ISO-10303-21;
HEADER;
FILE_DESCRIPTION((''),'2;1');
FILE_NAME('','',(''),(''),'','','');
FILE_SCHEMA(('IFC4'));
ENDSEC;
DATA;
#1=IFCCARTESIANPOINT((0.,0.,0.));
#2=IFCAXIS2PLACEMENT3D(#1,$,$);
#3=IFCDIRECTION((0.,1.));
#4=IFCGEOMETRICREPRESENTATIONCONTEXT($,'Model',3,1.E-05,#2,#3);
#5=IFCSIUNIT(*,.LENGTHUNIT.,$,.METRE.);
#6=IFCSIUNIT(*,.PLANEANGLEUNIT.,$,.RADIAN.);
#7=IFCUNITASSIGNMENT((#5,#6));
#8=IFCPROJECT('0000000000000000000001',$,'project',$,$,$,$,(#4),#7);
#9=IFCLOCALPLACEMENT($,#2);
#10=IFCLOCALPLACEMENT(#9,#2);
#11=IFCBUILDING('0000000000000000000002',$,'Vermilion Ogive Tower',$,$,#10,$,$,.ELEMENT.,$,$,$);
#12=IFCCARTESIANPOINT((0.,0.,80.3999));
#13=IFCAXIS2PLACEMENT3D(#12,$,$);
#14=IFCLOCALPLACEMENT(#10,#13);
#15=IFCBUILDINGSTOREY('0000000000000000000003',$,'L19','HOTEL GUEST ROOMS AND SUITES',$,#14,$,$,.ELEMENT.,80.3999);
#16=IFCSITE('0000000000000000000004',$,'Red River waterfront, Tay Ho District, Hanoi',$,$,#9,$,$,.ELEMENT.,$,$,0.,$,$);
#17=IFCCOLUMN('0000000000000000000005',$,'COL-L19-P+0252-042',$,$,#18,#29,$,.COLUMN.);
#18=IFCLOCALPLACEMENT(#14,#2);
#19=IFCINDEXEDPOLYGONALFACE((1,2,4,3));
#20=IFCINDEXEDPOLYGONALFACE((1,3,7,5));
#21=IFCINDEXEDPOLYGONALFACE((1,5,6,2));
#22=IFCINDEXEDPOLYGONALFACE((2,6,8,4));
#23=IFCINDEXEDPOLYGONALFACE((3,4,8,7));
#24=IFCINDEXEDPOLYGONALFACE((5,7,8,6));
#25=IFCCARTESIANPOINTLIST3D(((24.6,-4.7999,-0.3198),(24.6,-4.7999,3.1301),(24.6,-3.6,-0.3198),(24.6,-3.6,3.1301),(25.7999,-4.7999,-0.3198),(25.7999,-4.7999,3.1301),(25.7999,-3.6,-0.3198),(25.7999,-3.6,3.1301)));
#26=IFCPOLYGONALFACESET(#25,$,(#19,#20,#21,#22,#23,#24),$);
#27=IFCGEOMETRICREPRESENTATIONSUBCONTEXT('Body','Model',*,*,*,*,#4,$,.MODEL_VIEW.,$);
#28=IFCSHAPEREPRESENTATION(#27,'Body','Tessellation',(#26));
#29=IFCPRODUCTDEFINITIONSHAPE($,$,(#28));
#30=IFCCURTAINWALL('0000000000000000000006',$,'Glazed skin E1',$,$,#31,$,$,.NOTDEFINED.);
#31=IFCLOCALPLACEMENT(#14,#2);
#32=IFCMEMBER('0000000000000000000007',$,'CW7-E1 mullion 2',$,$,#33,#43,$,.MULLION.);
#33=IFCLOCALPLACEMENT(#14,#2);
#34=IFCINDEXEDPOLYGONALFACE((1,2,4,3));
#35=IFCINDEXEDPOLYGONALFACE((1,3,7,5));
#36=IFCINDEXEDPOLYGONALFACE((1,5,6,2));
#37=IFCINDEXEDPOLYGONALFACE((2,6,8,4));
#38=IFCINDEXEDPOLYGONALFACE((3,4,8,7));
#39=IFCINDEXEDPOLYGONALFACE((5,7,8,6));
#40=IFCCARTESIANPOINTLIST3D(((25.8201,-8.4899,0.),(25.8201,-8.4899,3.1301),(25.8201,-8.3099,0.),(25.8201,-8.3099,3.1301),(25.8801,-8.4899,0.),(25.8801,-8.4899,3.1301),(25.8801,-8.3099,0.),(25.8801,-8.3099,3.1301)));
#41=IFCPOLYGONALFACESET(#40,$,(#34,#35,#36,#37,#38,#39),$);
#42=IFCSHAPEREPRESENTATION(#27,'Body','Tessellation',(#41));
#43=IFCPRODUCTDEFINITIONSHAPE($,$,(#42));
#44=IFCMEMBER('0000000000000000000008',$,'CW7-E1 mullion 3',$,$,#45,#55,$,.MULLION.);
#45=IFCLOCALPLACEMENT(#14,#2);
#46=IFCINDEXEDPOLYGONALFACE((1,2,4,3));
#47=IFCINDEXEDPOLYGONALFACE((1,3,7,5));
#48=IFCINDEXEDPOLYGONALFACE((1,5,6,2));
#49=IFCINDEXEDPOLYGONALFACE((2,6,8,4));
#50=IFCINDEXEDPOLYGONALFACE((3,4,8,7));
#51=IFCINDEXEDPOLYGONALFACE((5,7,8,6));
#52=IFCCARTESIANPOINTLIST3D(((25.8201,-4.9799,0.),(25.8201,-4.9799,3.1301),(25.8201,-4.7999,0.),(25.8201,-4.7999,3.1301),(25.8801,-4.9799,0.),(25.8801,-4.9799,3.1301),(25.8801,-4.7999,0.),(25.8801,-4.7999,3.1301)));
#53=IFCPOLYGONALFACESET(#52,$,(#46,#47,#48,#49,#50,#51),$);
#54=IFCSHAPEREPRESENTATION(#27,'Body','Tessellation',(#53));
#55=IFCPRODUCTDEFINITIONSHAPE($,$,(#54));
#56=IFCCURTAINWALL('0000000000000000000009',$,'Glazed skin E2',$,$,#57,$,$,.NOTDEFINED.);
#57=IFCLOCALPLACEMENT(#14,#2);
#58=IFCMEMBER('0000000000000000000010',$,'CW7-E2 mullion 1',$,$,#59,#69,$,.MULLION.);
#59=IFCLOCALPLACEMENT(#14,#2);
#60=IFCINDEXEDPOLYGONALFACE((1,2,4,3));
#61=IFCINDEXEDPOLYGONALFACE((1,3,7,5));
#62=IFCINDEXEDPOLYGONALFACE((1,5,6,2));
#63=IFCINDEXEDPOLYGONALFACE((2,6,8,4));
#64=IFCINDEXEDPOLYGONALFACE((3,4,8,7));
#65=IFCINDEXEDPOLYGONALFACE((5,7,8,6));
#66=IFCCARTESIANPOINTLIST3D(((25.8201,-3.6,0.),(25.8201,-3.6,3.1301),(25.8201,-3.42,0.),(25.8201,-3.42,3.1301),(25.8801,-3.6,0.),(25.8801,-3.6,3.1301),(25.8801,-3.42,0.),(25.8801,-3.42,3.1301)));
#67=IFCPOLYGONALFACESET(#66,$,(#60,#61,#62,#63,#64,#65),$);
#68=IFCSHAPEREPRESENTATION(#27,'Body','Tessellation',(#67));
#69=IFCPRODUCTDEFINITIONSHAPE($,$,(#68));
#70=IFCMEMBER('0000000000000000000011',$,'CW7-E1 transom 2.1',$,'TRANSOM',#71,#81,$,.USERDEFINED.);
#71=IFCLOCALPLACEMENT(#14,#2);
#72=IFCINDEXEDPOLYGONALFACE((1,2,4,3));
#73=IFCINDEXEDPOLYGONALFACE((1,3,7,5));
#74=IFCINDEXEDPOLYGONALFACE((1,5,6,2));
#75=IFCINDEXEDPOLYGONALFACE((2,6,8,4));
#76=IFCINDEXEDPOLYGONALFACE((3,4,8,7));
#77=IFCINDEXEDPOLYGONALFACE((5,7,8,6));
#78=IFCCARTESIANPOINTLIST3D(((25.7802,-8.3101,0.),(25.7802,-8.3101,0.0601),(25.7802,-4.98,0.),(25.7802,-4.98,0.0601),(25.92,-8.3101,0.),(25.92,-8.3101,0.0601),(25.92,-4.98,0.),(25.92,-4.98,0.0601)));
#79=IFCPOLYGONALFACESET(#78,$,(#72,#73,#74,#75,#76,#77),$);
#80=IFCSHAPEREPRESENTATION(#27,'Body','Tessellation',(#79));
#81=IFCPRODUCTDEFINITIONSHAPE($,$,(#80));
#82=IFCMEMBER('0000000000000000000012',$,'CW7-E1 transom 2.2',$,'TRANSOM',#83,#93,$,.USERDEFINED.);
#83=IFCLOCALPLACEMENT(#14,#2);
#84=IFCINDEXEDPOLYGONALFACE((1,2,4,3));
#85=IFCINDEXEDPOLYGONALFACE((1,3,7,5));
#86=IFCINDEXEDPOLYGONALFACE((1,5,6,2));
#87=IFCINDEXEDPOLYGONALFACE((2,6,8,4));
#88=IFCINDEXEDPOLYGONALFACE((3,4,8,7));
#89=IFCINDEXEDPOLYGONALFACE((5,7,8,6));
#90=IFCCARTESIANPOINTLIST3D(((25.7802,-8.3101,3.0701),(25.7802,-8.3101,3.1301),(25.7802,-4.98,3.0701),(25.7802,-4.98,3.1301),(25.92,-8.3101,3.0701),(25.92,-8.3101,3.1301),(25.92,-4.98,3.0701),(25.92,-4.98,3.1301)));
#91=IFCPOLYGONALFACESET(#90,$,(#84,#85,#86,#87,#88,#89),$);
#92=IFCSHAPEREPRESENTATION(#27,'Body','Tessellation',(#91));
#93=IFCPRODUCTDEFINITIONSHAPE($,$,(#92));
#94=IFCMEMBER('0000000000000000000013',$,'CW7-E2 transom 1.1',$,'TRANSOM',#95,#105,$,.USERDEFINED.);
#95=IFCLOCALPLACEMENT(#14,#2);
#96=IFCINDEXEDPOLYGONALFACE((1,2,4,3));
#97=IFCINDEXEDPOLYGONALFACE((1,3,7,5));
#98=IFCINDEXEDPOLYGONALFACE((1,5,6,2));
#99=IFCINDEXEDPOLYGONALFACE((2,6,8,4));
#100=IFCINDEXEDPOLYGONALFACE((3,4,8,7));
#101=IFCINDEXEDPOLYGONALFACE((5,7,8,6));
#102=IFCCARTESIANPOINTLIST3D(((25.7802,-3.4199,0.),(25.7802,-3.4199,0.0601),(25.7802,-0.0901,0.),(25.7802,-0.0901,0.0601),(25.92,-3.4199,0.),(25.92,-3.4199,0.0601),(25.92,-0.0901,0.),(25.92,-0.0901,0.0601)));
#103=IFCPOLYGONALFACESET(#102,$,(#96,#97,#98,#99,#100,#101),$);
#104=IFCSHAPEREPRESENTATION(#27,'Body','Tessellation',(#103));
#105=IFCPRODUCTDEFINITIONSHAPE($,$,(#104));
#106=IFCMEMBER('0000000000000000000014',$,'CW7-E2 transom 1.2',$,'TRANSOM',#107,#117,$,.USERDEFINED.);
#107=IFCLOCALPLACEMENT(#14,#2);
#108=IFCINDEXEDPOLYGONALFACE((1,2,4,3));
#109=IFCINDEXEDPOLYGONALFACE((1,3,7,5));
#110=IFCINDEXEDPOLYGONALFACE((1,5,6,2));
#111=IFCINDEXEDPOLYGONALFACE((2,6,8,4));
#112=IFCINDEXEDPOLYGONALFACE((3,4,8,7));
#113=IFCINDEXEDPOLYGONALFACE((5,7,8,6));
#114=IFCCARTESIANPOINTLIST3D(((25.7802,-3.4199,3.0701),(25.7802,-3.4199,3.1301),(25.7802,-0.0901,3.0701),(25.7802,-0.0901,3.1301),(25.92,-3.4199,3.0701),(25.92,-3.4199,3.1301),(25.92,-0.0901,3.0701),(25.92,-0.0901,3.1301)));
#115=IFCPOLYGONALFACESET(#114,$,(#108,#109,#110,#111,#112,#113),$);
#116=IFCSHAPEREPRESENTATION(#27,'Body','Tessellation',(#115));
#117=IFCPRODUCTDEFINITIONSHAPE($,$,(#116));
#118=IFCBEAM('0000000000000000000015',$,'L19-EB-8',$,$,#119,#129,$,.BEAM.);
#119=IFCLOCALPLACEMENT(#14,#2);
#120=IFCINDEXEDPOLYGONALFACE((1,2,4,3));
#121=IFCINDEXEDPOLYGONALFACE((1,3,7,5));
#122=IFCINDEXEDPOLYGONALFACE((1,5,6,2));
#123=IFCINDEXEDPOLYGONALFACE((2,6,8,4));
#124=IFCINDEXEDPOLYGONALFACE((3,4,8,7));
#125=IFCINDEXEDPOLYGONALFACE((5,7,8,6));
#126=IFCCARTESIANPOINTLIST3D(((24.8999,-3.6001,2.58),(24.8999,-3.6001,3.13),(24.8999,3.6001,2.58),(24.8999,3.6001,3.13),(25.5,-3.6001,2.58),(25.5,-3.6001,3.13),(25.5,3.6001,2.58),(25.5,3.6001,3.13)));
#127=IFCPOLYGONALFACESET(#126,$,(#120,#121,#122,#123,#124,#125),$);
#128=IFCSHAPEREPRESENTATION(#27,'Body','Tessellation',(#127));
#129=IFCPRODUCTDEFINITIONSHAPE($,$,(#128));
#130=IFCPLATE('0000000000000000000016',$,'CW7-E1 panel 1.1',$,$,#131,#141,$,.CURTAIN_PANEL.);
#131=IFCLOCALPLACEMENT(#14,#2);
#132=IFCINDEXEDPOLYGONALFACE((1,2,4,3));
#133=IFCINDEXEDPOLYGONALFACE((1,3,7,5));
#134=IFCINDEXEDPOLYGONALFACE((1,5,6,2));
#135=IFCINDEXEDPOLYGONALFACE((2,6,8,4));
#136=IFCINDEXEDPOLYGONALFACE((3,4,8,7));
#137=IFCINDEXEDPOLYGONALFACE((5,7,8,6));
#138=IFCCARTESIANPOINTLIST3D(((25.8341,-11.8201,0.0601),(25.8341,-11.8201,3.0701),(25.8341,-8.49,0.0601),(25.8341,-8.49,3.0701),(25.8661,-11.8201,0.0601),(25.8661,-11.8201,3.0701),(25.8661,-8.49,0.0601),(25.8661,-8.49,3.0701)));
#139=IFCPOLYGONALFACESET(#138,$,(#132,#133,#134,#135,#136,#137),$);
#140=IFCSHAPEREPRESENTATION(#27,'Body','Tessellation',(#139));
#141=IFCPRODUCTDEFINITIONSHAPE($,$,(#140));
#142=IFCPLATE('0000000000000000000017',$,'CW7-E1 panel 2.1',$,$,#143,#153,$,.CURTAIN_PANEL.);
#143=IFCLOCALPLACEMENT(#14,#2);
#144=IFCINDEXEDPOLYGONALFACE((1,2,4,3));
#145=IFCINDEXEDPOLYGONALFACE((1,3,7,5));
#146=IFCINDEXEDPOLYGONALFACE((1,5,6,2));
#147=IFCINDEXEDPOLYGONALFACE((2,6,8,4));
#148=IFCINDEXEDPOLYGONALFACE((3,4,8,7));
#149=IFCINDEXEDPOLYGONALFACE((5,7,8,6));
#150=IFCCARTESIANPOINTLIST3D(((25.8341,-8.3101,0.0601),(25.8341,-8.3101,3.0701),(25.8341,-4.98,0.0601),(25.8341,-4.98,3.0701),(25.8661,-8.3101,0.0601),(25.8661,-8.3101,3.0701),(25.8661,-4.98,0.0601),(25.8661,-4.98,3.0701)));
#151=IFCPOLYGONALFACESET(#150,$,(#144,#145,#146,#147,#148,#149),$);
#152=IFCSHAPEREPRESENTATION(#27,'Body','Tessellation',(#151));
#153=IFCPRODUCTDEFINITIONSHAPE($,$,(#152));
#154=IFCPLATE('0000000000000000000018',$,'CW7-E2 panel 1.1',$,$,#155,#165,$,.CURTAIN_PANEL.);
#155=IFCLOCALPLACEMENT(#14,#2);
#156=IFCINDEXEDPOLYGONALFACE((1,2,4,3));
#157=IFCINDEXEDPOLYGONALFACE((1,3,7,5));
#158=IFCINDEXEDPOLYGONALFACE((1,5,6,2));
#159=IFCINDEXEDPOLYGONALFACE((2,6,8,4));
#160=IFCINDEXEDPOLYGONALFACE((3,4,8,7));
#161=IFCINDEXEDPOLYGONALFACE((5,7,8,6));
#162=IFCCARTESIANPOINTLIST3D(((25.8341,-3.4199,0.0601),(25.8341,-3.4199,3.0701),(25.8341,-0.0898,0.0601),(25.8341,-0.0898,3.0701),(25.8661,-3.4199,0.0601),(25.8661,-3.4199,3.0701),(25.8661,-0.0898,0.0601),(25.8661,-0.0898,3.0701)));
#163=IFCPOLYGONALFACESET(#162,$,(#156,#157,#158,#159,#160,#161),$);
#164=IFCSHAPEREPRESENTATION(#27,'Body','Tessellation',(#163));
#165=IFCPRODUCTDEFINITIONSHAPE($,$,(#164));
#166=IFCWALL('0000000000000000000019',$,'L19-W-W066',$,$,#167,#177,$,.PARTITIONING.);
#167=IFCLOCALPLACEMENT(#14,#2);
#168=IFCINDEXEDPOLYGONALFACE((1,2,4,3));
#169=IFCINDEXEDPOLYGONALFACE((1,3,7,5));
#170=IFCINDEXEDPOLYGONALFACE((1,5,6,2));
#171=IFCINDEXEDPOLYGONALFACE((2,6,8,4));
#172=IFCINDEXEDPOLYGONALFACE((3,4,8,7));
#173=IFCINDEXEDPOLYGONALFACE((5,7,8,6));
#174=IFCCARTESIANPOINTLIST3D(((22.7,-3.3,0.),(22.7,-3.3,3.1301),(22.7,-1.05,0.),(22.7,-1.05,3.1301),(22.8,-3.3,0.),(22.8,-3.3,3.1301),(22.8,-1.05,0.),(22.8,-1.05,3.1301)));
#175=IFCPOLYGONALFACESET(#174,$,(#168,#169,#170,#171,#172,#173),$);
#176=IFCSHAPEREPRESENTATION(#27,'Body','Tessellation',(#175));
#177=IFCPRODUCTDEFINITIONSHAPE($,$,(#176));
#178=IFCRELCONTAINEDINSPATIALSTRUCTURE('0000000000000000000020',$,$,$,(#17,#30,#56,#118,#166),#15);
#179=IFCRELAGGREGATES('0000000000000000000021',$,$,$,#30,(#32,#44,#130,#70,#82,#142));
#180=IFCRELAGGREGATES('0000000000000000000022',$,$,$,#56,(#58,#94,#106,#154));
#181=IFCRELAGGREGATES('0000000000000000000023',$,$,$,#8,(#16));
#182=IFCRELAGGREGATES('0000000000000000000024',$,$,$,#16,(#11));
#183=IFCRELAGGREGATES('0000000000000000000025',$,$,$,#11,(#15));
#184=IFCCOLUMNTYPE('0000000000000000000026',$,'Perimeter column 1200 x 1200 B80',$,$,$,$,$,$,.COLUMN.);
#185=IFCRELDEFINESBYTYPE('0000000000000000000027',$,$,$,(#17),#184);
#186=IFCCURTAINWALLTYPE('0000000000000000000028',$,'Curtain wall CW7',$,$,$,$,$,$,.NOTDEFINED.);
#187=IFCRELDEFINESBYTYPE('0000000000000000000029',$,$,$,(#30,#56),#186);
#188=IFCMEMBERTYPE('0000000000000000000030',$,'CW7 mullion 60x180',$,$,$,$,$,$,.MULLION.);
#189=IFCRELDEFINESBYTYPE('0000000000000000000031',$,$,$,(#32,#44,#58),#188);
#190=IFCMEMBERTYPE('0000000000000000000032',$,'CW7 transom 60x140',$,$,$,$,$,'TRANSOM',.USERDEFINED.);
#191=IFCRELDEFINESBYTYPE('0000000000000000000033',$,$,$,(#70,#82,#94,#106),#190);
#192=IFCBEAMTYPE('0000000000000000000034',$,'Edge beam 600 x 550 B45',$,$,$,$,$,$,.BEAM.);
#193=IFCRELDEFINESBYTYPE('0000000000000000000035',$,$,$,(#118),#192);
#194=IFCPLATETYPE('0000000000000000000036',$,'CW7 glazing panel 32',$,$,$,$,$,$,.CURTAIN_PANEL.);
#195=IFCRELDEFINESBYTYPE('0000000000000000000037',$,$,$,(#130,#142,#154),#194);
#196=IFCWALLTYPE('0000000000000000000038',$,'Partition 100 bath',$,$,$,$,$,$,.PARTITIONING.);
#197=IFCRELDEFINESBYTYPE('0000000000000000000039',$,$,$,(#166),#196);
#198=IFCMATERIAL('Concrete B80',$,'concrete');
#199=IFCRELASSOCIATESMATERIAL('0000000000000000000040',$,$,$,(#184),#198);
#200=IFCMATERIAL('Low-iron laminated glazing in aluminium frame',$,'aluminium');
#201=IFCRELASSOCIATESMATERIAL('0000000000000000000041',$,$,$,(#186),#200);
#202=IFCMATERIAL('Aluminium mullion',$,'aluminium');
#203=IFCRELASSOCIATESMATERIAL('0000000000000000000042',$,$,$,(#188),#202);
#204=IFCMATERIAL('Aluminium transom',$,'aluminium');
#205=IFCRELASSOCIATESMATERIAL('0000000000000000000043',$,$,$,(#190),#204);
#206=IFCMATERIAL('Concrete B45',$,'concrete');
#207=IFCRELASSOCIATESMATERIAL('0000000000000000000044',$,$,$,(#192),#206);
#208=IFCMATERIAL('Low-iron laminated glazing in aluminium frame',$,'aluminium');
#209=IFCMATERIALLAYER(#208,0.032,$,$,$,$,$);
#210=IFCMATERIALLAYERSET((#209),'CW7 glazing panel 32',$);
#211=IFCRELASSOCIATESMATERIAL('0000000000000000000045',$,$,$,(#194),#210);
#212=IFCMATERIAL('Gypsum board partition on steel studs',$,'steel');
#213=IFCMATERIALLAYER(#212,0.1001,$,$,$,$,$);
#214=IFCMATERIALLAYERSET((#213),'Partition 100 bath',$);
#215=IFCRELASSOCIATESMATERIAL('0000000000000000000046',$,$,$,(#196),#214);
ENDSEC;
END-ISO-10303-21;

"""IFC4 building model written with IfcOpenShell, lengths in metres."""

from ifc_helpers import new_model, si_unit, direction, frame, frame_2d, origin, origin_2d, place, context, subcontext, project, spatial, rectangle, extrude, material, layer, layer_set, material_profile, profile_set, type_object, element, aggregate, save


model = new_model("IFC4")

# Units and contexts
model_context = context("Model", 3, precision=1e-05, world=origin(), true_north=direction((0.0, 1.0)))
body_context = subcontext(model_context, "Body", "Model", "MODEL_VIEW")
ifc_project = project(units=[si_unit("LENGTHUNIT", "METRE"), si_unit("PLANEANGLEUNIT", "RADIAN")], contexts=[model_context])

# Site, building, storey
site_placement = place(None, origin())
site = spatial("IfcSite", under=ifc_project, at=site_placement, Name="Red River waterfront, Tay Ho District, Hanoi", CompositionType="ELEMENT", RefElevation=0.0)
building_placement = place(site_placement, origin())
building = spatial("IfcBuilding", under=site, at=building_placement, Name="Vermilion Ogive Tower", CompositionType="ELEMENT")
storey_placement = place(building_placement, frame((0.0, 0.0, 80.3999)))
storey = spatial("IfcBuildingStorey", under=building, at=storey_placement, Name="L19", Description="HOTEL GUEST ROOMS AND SUITES", CompositionType="ELEMENT", Elevation=80.3999)

# Column
ifc_material_1 = material(Name="Concrete B80", Category="concrete")
ifc_material_profile_1 = material_profile(ifc_material_1, rectangle(XDim=1.2, YDim=1.2, at=origin_2d()), Name="1200 x 1200")
ifc_profile_set_1 = profile_set([ifc_material_profile_1], Name="Concrete B80")
column_type = type_object("IfcColumnType", Name="Perimeter column 1200 x 1200 B80", PredefinedType="COLUMN", material=ifc_profile_set_1)
column_placement = place(storey_placement, frame((25.2, -4.2, -0.3198), z_axis=(0.0, 0.0, 1.0), x_axis=(1.0, 0.0, 0.0)))
element("IfcColumn", 1, at=column_placement, inside=storey, type_object=column_type, Name="COL-L19-P+0252-042", PredefinedType="COLUMN", context=body_context, shape_type="SweptSolid", body=[
    extrude(rectangle(XDim=1.2, YDim=1.2, at=origin_2d()), origin(), (0.0, 0.0, 1.0), 3.45),
])

# Curtain wall, members
ifc_material_2 = material(Name="Low-iron laminated glazing in aluminium frame", Category="aluminium")
curtain_wall_type = type_object("IfcCurtainWallType", Name="Curtain wall CW7", PredefinedType="NOTDEFINED", material=ifc_material_2)
curtain_wall_1_placement = place(storey_placement, origin())
curtain_wall_1 = element("IfcCurtainWall", 2, at=curtain_wall_1_placement, inside=storey, type_object=curtain_wall_type, Name="Glazed skin E1", PredefinedType="NOTDEFINED")
ifc_material_3 = material(Name="Aluminium mullion", Category="aluminium")
ifc_material_profile_2 = material_profile(ifc_material_3, rectangle(XDim=0.0601, YDim=0.1799, at=origin_2d()), Name="AL 60x180")
ifc_profile_set_2 = profile_set([ifc_material_profile_2], Name="Aluminium mullion")
member_type_1 = type_object("IfcMemberType", Name="CW7 mullion 60x180", PredefinedType="MULLION", material=ifc_profile_set_2)
member_1_placement = place(storey_placement, frame((25.8501, -8.3999, 0.0), z_axis=(0.0, 0.0, 1.0), x_axis=(-1.0, 0.0, 0.0)))
member_1 = element("IfcMember", 3, at=member_1_placement, type_object=member_type_1, Name="CW7-E1 mullion 2", PredefinedType="MULLION", context=body_context, shape_type="SweptSolid", body=[
    extrude(rectangle(XDim=0.0601, YDim=0.1799, at=origin_2d()), origin(), (0.0, 0.0, 1.0), 3.1301),
])
member_2_placement = place(storey_placement, frame((25.8501, -4.8899, 0.0), z_axis=(0.0, 0.0, 1.0), x_axis=(-1.0, 0.0, 0.0)))
member_2 = element("IfcMember", 4, at=member_2_placement, type_object=member_type_1, Name="CW7-E1 mullion 3", PredefinedType="MULLION", context=body_context, shape_type="SweptSolid", body=[
    extrude(rectangle(XDim=0.0601, YDim=0.1799, at=origin_2d()), origin(), (0.0, 0.0, 1.0), 3.1301),
])

# Curtain wall, member
curtain_wall_2_placement = place(storey_placement, origin())
curtain_wall_2 = element("IfcCurtainWall", 5, at=curtain_wall_2_placement, inside=storey, type_object=curtain_wall_type, Name="Glazed skin E2", PredefinedType="NOTDEFINED")
member_3_placement = place(storey_placement, frame((25.8501, -3.51, 0.0), z_axis=(0.0, 0.0, 1.0), x_axis=(-1.0, 0.0, 0.0)))
member_3 = element("IfcMember", 6, at=member_3_placement, type_object=member_type_1, Name="CW7-E2 mullion 1", PredefinedType="MULLION", context=body_context, shape_type="SweptSolid", body=[
    extrude(rectangle(XDim=0.0601, YDim=0.1799, at=origin_2d()), origin(), (0.0, 0.0, 1.0), 3.1301),
])

# Members
ifc_material_4 = material(Name="Aluminium transom", Category="aluminium")
ifc_material_profile_3 = material_profile(ifc_material_4, rectangle(XDim=0.1399, YDim=0.0601, at=origin_2d()), Name="AL 60x140")
ifc_profile_set_3 = profile_set([ifc_material_profile_3], Name="Aluminium transom")
member_type_2 = type_object("IfcMemberType", Name="CW7 transom 60x140", ElementType="TRANSOM", PredefinedType="USERDEFINED", material=ifc_profile_set_3)
member_4_placement = place(storey_placement, frame((25.8501, -8.3101, 0.03), z_axis=(0.0, 1.0, 0.0), x_axis=(-1.0, 0.0, 0.0)))
member_4 = element("IfcMember", 7, at=member_4_placement, type_object=member_type_2, Name="CW7-E1 transom 2.1", ObjectType="TRANSOM", PredefinedType="USERDEFINED", context=body_context, shape_type="SweptSolid", body=[
    extrude(rectangle(XDim=0.1399, YDim=0.0601, at=origin_2d()), origin(), (0.0, 0.0, 1.0), 3.3301),
])
member_5_placement = place(storey_placement, frame((25.8501, -8.3101, 3.1001), z_axis=(0.0, 1.0, 0.0), x_axis=(-1.0, 0.0, 0.0)))
member_5 = element("IfcMember", 8, at=member_5_placement, type_object=member_type_2, Name="CW7-E1 transom 2.2", ObjectType="TRANSOM", PredefinedType="USERDEFINED", context=body_context, shape_type="SweptSolid", body=[
    extrude(rectangle(XDim=0.1399, YDim=0.0601, at=origin_2d()), origin(), (0.0, 0.0, 1.0), 3.3301),
])
member_6_placement = place(storey_placement, frame((25.8501, -3.4199, 0.03), z_axis=(0.0, 1.0, 0.0), x_axis=(-1.0, 0.0, 0.0)))
member_6 = element("IfcMember", 9, at=member_6_placement, type_object=member_type_2, Name="CW7-E2 transom 1.1", ObjectType="TRANSOM", PredefinedType="USERDEFINED", context=body_context, shape_type="SweptSolid", body=[
    extrude(rectangle(XDim=0.1399, YDim=0.0601, at=origin_2d()), origin(), (0.0, 0.0, 1.0), 3.3298),
])
member_7_placement = place(storey_placement, frame((25.8501, -3.4199, 3.1001), z_axis=(0.0, 1.0, 0.0), x_axis=(-1.0, 0.0, 0.0)))
member_7 = element("IfcMember", 10, at=member_7_placement, type_object=member_type_2, Name="CW7-E2 transom 1.2", ObjectType="TRANSOM", PredefinedType="USERDEFINED", context=body_context, shape_type="SweptSolid", body=[
    extrude(rectangle(XDim=0.1399, YDim=0.0601, at=origin_2d()), origin(), (0.0, 0.0, 1.0), 3.3298),
])

# Beam
ifc_material_5 = material(Name="Concrete B45", Category="concrete")
ifc_material_profile_4 = material_profile(ifc_material_5, rectangle(XDim=0.6001, YDim=0.55, at=origin_2d()), Name="600 x 550")
ifc_profile_set_4 = profile_set([ifc_material_profile_4], Name="Concrete B45")
beam_type = type_object("IfcBeamType", Name="Edge beam 600 x 550 B45", PredefinedType="BEAM", material=ifc_profile_set_4)
beam_placement = place(storey_placement, frame((25.2, -3.6001, 2.855), z_axis=(0.0, 1.0, 0.0), x_axis=(-1.0, 0.0, 0.0)))
element("IfcBeam", 11, at=beam_placement, inside=storey, type_object=beam_type, Name="L19-EB-8", PredefinedType="BEAM", context=body_context, shape_type="SweptSolid", body=[
    extrude(rectangle(XDim=0.6001, YDim=0.55, at=origin_2d()), origin(), (0.0, 0.0, 1.0), 7.2002),
])

# Plates
ifc_material_6 = material(Name="Low-iron laminated glazing in aluminium frame", Category="aluminium")
ifc_layer_1 = layer(ifc_material_6, 0.032)
ifc_layer_set_1 = layer_set([ifc_layer_1], Name="CW7 glazing panel 32")
plate_type = type_object("IfcPlateType", Name="CW7 glazing panel 32", PredefinedType="CURTAIN_PANEL", material=ifc_layer_set_1)
plate_1_placement = place(storey_placement, frame((25.8501, -10.155, 0.0601), z_axis=(0.0, 0.0, 1.0), x_axis=(0.0, 1.0, 0.0)))
plate_1 = element("IfcPlate", 12, at=plate_1_placement, type_object=plate_type, Name="CW7-E1 panel 1.1", PredefinedType="CURTAIN_PANEL", context=body_context, shape_type="SweptSolid", body=[
    extrude(rectangle(XDim=3.3301, YDim=0.032, at=origin_2d()), origin(), (0.0, 0.0, 1.0), 3.01),
])
plate_2_placement = place(storey_placement, frame((25.8501, -6.645, 0.0601), z_axis=(0.0, 0.0, 1.0), x_axis=(0.0, 1.0, 0.0)))
plate_2 = element("IfcPlate", 13, at=plate_2_placement, type_object=plate_type, Name="CW7-E1 panel 2.1", PredefinedType="CURTAIN_PANEL", context=body_context, shape_type="SweptSolid", body=[
    extrude(rectangle(XDim=3.3301, YDim=0.032, at=origin_2d()), origin(), (0.0, 0.0, 1.0), 3.01),
])
aggregate(curtain_wall_1, [member_1, member_2, plate_1, member_4, member_5, plate_2])
plate_3_placement = place(storey_placement, frame((25.8501, -1.7549, 0.0601), z_axis=(0.0, 0.0, 1.0), x_axis=(0.0, 1.0, 0.0)))
plate_3 = element("IfcPlate", 14, at=plate_3_placement, type_object=plate_type, Name="CW7-E2 panel 1.1", PredefinedType="CURTAIN_PANEL", context=body_context, shape_type="SweptSolid", body=[
    extrude(rectangle(XDim=3.3301, YDim=0.032, at=origin_2d()), origin(), (0.0, 0.0, 1.0), 3.01),
])
aggregate(curtain_wall_2, [member_3, member_6, member_7, plate_3])

# Wall
ifc_material_7 = material(Name="Gypsum board partition on steel studs", Category="steel")
ifc_layer_2 = layer(ifc_material_7, 0.1001)
ifc_layer_set_2 = layer_set([ifc_layer_2], Name="Partition 100 bath")
wall_type_1 = type_object("IfcWallType", Name="Partition 100 bath", PredefinedType="PARTITIONING", material=ifc_layer_set_2)
wall_1_placement = place(storey_placement, frame((22.75, -3.3, 0.0), z_axis=(0.0, 0.0, 1.0), x_axis=(0.0, 1.0, 0.0)))
element("IfcWall", 15, at=wall_1_placement, inside=storey, type_object=wall_type_1, Name="L19-W-W066", PredefinedType="PARTITIONING", context=body_context, shape_type="SweptSolid", body=[
    extrude(rectangle(XDim=2.25, YDim=0.1001, at=frame_2d((1.125, 0.0))), origin(), (0.0, 0.0, 1.0), 3.1301),
])

save(model, "model.ifc")
